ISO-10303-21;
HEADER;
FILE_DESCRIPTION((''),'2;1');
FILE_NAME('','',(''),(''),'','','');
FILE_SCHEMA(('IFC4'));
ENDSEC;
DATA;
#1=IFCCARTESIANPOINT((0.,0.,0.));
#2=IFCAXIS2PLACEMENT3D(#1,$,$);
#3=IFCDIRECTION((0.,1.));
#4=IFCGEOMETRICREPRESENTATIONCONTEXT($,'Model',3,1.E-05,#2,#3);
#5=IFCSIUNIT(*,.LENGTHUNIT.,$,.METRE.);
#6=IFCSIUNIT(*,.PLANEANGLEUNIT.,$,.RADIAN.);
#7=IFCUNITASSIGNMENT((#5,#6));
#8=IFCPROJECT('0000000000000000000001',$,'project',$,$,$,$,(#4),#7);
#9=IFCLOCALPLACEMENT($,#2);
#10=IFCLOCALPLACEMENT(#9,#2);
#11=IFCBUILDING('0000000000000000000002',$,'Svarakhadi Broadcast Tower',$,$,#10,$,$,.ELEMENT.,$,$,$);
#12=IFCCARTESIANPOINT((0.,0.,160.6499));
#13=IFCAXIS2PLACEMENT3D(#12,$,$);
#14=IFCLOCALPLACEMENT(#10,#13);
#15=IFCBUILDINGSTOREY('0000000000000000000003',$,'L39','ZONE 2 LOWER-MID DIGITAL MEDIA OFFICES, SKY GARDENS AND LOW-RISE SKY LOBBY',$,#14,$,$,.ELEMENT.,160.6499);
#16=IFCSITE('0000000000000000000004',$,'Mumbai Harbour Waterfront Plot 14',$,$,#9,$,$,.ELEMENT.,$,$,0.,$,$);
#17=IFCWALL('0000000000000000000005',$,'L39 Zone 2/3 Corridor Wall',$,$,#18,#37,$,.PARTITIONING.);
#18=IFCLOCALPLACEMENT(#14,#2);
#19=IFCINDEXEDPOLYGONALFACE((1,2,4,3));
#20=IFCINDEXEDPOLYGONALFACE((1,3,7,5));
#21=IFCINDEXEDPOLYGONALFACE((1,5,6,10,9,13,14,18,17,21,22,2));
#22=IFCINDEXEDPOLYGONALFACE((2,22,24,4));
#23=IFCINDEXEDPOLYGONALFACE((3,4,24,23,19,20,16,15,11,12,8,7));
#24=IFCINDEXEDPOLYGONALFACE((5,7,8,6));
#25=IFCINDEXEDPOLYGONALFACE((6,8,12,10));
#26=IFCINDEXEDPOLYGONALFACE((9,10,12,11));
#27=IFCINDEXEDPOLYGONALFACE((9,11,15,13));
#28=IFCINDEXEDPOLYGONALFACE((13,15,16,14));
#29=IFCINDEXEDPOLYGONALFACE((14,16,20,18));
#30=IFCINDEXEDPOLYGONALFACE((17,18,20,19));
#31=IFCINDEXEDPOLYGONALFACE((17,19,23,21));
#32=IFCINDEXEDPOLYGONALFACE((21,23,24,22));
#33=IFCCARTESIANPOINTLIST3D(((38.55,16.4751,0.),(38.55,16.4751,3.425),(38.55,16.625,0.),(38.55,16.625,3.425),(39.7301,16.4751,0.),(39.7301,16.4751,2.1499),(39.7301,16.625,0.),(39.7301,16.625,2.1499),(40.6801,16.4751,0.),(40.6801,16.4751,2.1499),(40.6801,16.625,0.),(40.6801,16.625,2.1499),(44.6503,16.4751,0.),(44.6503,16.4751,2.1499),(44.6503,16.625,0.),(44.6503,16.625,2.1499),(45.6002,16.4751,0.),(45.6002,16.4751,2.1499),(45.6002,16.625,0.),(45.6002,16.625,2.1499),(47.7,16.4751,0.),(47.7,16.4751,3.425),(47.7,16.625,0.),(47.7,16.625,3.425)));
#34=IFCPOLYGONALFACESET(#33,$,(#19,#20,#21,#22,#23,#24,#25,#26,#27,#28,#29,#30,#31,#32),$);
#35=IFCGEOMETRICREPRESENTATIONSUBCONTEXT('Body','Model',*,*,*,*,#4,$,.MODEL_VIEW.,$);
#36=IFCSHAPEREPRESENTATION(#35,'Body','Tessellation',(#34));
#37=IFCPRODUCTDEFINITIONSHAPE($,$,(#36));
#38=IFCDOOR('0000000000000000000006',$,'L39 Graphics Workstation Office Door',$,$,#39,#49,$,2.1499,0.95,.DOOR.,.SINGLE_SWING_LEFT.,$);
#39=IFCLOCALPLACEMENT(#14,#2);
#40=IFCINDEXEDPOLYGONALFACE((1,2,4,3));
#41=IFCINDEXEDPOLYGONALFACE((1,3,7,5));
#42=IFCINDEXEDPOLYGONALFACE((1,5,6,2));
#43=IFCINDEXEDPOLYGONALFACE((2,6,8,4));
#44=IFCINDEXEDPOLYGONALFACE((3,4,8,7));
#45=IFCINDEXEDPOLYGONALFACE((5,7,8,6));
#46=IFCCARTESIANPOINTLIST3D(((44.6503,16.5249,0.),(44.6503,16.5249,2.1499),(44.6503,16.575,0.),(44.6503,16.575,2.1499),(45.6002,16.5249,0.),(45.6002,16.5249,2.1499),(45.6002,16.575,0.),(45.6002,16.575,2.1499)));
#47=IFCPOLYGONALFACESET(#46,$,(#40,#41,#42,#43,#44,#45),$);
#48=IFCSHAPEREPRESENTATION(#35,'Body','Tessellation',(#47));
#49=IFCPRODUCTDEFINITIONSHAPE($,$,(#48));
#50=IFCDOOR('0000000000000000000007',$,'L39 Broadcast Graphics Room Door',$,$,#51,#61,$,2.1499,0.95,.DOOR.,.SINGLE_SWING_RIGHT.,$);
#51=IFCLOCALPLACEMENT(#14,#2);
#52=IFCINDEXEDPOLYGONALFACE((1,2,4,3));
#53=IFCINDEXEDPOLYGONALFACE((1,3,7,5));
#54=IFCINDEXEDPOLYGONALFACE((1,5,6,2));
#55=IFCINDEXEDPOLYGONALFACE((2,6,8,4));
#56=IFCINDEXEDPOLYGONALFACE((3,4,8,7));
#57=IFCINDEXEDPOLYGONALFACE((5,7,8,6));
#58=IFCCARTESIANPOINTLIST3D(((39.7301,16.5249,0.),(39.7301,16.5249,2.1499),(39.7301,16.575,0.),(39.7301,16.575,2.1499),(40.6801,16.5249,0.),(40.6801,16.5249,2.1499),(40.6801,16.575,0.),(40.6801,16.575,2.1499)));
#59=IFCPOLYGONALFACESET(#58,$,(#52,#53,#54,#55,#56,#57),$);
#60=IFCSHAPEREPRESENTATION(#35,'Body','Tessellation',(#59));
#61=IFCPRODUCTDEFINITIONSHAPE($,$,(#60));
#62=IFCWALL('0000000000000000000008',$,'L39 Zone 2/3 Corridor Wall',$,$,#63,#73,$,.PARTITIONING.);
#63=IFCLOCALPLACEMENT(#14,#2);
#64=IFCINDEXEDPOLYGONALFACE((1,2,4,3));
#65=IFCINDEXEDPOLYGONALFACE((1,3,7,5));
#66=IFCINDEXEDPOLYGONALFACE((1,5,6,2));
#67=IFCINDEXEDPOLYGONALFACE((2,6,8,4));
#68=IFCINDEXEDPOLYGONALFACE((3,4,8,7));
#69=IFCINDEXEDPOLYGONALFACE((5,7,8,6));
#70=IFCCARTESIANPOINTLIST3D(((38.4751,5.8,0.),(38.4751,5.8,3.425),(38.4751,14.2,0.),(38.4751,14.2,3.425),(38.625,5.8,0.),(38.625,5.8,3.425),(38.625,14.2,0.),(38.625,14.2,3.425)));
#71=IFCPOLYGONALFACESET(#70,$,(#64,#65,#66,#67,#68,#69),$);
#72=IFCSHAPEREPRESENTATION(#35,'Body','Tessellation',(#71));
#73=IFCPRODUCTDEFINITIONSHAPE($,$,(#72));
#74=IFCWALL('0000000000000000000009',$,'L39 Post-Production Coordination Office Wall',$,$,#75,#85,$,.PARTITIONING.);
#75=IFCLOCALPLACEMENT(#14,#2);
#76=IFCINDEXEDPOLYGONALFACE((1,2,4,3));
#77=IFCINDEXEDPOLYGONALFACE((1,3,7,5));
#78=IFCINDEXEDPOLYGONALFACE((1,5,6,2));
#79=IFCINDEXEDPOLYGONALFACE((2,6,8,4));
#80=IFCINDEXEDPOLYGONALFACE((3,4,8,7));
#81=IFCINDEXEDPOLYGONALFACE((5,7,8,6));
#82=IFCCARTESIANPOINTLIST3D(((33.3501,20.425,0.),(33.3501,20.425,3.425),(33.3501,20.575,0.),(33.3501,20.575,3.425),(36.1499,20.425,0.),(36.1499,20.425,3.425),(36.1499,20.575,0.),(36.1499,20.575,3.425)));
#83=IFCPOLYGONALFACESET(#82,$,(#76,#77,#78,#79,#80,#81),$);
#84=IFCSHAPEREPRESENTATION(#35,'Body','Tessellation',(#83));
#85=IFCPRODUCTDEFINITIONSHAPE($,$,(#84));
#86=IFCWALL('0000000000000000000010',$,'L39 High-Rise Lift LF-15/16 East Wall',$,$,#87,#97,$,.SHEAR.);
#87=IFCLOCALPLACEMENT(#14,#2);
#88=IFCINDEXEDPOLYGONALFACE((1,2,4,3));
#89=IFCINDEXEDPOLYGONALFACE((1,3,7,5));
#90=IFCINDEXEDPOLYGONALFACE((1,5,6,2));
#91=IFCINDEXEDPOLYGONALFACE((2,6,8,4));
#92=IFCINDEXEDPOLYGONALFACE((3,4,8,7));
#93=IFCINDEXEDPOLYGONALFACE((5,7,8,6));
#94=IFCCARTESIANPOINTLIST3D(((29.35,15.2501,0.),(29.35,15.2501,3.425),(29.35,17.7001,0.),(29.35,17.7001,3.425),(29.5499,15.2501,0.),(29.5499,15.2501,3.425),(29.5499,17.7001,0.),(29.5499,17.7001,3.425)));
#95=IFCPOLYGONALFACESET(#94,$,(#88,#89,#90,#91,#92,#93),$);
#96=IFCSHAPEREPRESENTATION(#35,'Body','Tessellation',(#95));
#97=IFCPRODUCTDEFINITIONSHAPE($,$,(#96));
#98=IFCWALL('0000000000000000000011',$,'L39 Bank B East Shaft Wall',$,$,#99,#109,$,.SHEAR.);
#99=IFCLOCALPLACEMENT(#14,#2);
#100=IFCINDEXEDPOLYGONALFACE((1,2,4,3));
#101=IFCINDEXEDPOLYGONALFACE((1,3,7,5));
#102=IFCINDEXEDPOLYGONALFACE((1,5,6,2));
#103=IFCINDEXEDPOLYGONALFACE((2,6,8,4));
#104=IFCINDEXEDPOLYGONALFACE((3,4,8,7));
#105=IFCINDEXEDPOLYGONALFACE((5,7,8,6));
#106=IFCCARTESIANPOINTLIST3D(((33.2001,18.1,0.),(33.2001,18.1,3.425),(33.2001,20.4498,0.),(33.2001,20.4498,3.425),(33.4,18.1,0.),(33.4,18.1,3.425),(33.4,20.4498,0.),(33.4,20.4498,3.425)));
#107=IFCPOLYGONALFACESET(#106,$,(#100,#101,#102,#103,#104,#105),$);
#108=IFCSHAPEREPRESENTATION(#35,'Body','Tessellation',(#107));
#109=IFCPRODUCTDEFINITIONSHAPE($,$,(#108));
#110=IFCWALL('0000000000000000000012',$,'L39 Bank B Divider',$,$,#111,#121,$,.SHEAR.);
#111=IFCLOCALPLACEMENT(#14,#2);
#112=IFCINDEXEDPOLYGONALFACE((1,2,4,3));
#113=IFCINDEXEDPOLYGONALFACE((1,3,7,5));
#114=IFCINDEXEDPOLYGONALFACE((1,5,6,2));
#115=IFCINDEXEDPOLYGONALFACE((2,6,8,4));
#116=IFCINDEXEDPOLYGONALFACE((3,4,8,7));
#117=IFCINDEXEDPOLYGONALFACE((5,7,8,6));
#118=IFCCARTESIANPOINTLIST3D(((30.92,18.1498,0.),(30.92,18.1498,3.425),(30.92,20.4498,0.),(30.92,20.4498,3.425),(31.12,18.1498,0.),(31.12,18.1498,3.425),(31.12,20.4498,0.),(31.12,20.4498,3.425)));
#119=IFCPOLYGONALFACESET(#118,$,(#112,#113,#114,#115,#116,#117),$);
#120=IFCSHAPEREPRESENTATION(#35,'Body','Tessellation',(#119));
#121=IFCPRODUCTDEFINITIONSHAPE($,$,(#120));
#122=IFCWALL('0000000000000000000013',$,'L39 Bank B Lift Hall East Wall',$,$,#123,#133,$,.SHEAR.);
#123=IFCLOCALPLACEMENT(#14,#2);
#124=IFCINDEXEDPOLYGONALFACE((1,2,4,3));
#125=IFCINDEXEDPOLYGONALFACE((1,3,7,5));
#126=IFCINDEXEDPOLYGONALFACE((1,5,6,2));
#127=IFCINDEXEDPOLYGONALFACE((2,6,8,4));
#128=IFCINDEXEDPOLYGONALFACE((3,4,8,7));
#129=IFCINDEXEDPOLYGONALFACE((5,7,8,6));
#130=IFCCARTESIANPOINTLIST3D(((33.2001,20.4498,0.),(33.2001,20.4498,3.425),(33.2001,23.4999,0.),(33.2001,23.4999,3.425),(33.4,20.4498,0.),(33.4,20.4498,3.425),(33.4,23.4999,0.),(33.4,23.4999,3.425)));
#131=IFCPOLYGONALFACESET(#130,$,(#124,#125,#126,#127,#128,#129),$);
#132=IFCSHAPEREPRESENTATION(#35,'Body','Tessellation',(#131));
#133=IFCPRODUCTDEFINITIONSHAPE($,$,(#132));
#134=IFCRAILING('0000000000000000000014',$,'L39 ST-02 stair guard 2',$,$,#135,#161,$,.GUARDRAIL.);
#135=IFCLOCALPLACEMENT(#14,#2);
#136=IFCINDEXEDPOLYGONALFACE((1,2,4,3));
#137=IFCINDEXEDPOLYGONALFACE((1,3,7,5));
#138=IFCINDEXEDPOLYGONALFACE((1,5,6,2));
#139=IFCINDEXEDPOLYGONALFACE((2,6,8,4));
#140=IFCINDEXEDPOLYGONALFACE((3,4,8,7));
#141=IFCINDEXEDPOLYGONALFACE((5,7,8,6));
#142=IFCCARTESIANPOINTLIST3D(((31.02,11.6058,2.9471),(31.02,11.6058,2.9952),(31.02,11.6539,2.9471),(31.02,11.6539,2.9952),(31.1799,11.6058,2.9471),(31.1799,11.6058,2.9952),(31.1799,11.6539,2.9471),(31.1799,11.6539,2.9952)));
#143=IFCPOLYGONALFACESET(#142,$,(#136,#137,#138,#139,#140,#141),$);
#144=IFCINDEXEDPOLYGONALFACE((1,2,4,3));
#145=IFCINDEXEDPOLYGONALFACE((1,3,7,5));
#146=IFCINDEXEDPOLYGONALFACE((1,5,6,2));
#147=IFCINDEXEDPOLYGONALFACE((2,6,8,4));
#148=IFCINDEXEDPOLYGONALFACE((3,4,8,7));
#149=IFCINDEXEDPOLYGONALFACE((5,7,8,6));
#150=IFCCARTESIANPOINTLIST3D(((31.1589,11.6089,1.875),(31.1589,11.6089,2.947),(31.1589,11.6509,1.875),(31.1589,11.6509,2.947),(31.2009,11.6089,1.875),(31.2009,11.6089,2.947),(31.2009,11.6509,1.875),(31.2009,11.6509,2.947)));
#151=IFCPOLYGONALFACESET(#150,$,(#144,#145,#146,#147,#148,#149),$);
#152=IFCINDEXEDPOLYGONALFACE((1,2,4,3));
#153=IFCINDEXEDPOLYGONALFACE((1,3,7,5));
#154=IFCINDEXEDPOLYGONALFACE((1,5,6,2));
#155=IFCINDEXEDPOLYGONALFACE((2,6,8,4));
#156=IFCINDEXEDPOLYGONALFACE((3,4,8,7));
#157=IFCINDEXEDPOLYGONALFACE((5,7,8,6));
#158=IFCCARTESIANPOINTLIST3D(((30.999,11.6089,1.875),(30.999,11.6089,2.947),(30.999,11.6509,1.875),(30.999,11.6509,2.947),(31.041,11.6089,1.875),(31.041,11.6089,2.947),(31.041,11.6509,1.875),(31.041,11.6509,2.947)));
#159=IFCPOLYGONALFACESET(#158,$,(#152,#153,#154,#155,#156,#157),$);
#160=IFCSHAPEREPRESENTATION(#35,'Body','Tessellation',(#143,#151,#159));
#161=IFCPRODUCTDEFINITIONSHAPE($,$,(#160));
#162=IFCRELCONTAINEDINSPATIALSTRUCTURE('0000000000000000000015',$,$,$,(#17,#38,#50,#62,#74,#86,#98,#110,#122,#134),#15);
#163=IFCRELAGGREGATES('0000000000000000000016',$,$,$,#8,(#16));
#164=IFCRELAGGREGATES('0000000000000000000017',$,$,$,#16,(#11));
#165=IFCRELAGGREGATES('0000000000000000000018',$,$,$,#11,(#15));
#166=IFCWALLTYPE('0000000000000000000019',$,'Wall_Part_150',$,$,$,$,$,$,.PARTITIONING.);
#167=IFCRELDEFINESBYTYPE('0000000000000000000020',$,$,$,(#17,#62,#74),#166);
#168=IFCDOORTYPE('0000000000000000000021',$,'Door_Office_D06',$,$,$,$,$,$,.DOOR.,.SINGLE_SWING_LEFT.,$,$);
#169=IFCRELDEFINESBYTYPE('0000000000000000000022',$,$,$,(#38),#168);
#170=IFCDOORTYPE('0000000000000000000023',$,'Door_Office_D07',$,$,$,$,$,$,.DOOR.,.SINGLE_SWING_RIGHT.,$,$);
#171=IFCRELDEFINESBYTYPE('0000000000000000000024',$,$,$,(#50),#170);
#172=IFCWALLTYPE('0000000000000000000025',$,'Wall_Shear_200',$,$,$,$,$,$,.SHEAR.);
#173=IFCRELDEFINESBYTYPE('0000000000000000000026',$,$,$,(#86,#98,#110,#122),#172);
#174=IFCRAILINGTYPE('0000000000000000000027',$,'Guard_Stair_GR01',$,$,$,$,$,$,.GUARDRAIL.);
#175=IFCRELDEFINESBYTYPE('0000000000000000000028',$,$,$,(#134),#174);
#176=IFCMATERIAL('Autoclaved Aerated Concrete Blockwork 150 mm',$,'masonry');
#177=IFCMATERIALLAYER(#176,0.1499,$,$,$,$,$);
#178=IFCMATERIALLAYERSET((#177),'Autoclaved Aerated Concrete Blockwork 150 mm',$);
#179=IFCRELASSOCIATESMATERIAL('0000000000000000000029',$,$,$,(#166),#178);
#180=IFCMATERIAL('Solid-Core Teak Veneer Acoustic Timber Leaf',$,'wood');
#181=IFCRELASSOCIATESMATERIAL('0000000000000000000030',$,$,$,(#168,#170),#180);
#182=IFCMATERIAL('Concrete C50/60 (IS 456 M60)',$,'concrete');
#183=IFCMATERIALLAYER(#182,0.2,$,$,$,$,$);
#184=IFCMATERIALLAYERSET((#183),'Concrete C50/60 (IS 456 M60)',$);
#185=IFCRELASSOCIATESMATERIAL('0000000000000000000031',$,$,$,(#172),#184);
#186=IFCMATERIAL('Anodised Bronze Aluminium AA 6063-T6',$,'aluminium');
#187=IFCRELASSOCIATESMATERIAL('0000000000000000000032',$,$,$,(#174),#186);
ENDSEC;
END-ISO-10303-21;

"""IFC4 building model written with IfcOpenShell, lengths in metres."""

from ifc_helpers import new_model, si_unit, direction, frame, frame_2d, origin, origin_2d, place, context, subcontext, project, spatial, rectangle, extrude, material, layer, layer_set, type_object, element, fill, save


model = new_model("IFC4")

# Units and contexts
model_context = context("Model", 3, precision=1e-05, world=origin(), true_north=direction((0.0, 1.0)))
body_context = subcontext(model_context, "Body", "Model", "MODEL_VIEW")
ifc_project = project(units=[si_unit("LENGTHUNIT", "METRE"), si_unit("PLANEANGLEUNIT", "RADIAN")], contexts=[model_context])

# Site, building, storey
site_placement = place(None, origin())
site = spatial("IfcSite", under=ifc_project, at=site_placement, Name="Mumbai Harbour Waterfront Plot 14", CompositionType="ELEMENT", RefElevation=0.0)
building_placement = place(site_placement, origin())
building = spatial("IfcBuilding", under=site, at=building_placement, Name="Svarakhadi Broadcast Tower", CompositionType="ELEMENT")
storey_placement = place(building_placement, frame((0.0, 0.0, 160.6499)))
storey = spatial("IfcBuildingStorey", under=building, at=storey_placement, Name="L39", Description="ZONE 2 LOWER-MID DIGITAL MEDIA OFFICES, SKY GARDENS AND LOW-RISE SKY LOBBY", CompositionType="ELEMENT", Elevation=160.6499)

# Shared definitions
ifc_material_1 = material(Name="Concrete C50/60 (IS 456 M60)", Category="concrete")

# Shared definitions
ifc_material_2 = material(Name="Anodised Bronze Aluminium AA 6063-T6", Category="aluminium")

# Shared definitions
ifc_material_3 = material(Name="Autoclaved Aerated Concrete Blockwork 150 mm", Category="masonry")
ifc_layer_1 = layer(ifc_material_3, 0.1499)
ifc_layer_set_1 = layer_set([ifc_layer_1], Name="Autoclaved Aerated Concrete Blockwork 150 mm")
wall_type_1 = type_object("IfcWallType", Name="Wall_Part_150", PredefinedType="PARTITIONING", material=ifc_layer_set_1)

# Shared definitions
ifc_material_4 = material(Name="Solid-Core Teak Veneer Acoustic Timber Leaf", Category="wood")
door_type_1 = type_object("IfcDoorType", Name="Door_Office_D06", OperationType="SINGLE_SWING_LEFT", PredefinedType="DOOR", material=ifc_material_4)
door_type_2 = type_object("IfcDoorType", Name="Door_Office_D07", OperationType="SINGLE_SWING_RIGHT", PredefinedType="DOOR", material=ifc_material_4)

# Wall, openings, doors
wall_1_placement = place(storey_placement, frame((38.55, 16.55, 0.0), z_axis=(0.0, 0.0, 1.0), x_axis=(1.0, 0.0, 0.0)))
wall_1 = element("IfcWall", 1, at=wall_1_placement, inside=storey, type_object=wall_type_1, Name="L39 Zone 2/3 Corridor Wall", PredefinedType="PARTITIONING", context=body_context, shape_type="SweptSolid", body=[
    extrude(rectangle(XDim=9.1499, YDim=0.1499, at=frame_2d((4.575, 0.0))), origin(), (0.0, 0.0, 1.0), 3.425),
])
opening_1_placement = place(wall_1_placement, frame((1.1799, 0.0, 0.0)))
opening_1 = element("IfcOpeningElement", 2, at=opening_1_placement, cuts=wall_1, PredefinedType="OPENING", context=body_context, shape_type="SweptSolid", body=[
    extrude(rectangle(XDim=0.95, YDim=2.1499, at=frame_2d((0.4751, 1.075))), frame((0.0, 0.085, 0.0), z_axis=(0.0, -1.0, 0.0), x_axis=(1.0, 0.0, 0.0)), (0.0, 0.0, 1.0), 0.1699),
])
opening_2_placement = place(wall_1_placement, frame((6.1001, 0.0, 0.0)))
opening_2 = element("IfcOpeningElement", 3, at=opening_2_placement, cuts=wall_1, PredefinedType="OPENING", context=body_context, shape_type="SweptSolid", body=[
    extrude(rectangle(XDim=0.95, YDim=2.1499, at=frame_2d((0.4751, 1.075))), frame((0.0, 0.085, 0.0), z_axis=(0.0, -1.0, 0.0), x_axis=(1.0, 0.0, 0.0)), (0.0, 0.0, 1.0), 0.1699),
])
door_1_placement = place(opening_2_placement, origin())
door_1 = element("IfcDoor", 4, at=door_1_placement, inside=storey, type_object=door_type_1, Name="L39 Graphics Workstation Office Door", OperationType="SINGLE_SWING_LEFT", OverallHeight=2.1499, OverallWidth=0.95, PredefinedType="DOOR", context=body_context, shape_type="SweptSolid", body=[
    extrude(rectangle(XDim=0.95, YDim=2.1499, at=frame_2d((0.4751, 1.075))), frame((0.0, 0.0249, 0.0), z_axis=(0.0, -1.0, 0.0), x_axis=(1.0, 0.0, 0.0)), (0.0, 0.0, 1.0), 0.05),
])
fill(opening_2, door_1)
door_2_placement = place(opening_1_placement, origin())
door_2 = element("IfcDoor", 5, at=door_2_placement, inside=storey, type_object=door_type_2, Name="L39 Broadcast Graphics Room Door", OperationType="SINGLE_SWING_RIGHT", OverallHeight=2.1499, OverallWidth=0.95, PredefinedType="DOOR", context=body_context, shape_type="SweptSolid", body=[
    extrude(rectangle(XDim=0.95, YDim=2.1499, at=frame_2d((0.4751, 1.075))), frame((0.0, 0.0249, 0.0), z_axis=(0.0, -1.0, 0.0), x_axis=(1.0, 0.0, 0.0)), (0.0, 0.0, 1.0), 0.05),
])
fill(opening_1, door_2)

# Walls
wall_2_placement = place(storey_placement, frame((38.55, 14.2, 0.0), z_axis=(0.0, 0.0, 1.0), x_axis=(0.0, -1.0, 0.0)))
element("IfcWall", 6, at=wall_2_placement, inside=storey, type_object=wall_type_1, Name="L39 Zone 2/3 Corridor Wall", PredefinedType="PARTITIONING", context=body_context, shape_type="SweptSolid", body=[
    extrude(rectangle(XDim=8.3999, YDim=0.1499, at=frame_2d((4.2, 0.0))), origin(), (0.0, 0.0, 1.0), 3.425),
])
wall_3_placement = place(storey_placement, frame((33.3501, 20.5, 0.0), z_axis=(0.0, 0.0, 1.0), x_axis=(1.0, 0.0, 0.0)))
element("IfcWall", 7, at=wall_3_placement, inside=storey, type_object=wall_type_1, Name="L39 Post-Production Coordination Office Wall", PredefinedType="PARTITIONING", context=body_context, shape_type="SweptSolid", body=[
    extrude(rectangle(XDim=2.7998, YDim=0.1499, at=frame_2d((1.3999, 0.0))), origin(), (0.0, 0.0, 1.0), 3.425),
])
ifc_layer_2 = layer(ifc_material_1, 0.2)
ifc_layer_set_2 = layer_set([ifc_layer_2], Name="Concrete C50/60 (IS 456 M60)")
wall_type_2 = type_object("IfcWallType", Name="Wall_Shear_200", PredefinedType="SHEAR", material=ifc_layer_set_2)
wall_4_placement = place(storey_placement, frame((29.45, 15.25, 0.0), z_axis=(0.0, 0.0, 1.0), x_axis=(0.0, 1.0, 0.0)))
element("IfcWall", 8, at=wall_4_placement, inside=storey, type_object=wall_type_2, Name="L39 High-Rise Lift LF-15/16 East Wall", PredefinedType="SHEAR", context=body_context, shape_type="SweptSolid", body=[
    extrude(rectangle(XDim=2.45, YDim=0.2, at=frame_2d((1.2251, 0.0))), origin(), (0.0, 0.0, 1.0), 3.425),
])
wall_5_placement = place(storey_placement, frame((33.3, 18.1001, 0.0), z_axis=(0.0, 0.0, 1.0), x_axis=(0.0, 1.0, 0.0)))
element("IfcWall", 9, at=wall_5_placement, inside=storey, type_object=wall_type_2, Name="L39 Bank B East Shaft Wall", PredefinedType="SHEAR", context=body_context, shape_type="SweptSolid", body=[
    extrude(rectangle(XDim=2.3499, YDim=0.2, at=frame_2d((1.1748, 0.0))), origin(), (0.0, 0.0, 1.0), 3.425),
])
wall_6_placement = place(storey_placement, frame((31.02, 18.1499, 0.0), z_axis=(0.0, 0.0, 1.0), x_axis=(0.0, 1.0, 0.0)))
element("IfcWall", 10, at=wall_6_placement, inside=storey, type_object=wall_type_2, Name="L39 Bank B Divider", PredefinedType="SHEAR", context=body_context, shape_type="SweptSolid", body=[
    extrude(rectangle(XDim=2.3, YDim=0.2, at=frame_2d((1.1499, 0.0))), origin(), (0.0, 0.0, 1.0), 3.425),
])
wall_7_placement = place(storey_placement, frame((33.3, 20.45, 0.0), z_axis=(0.0, 0.0, 1.0), x_axis=(0.0, 1.0, 0.0)))
element("IfcWall", 11, at=wall_7_placement, inside=storey, type_object=wall_type_2, Name="L39 Bank B Lift Hall East Wall", PredefinedType="SHEAR", context=body_context, shape_type="SweptSolid", body=[
    extrude(rectangle(XDim=3.05, YDim=0.2, at=frame_2d((1.5249, 0.0))), origin(), (0.0, 0.0, 1.0), 3.425),
])

# Railing
railing_type = type_object("IfcRailingType", Name="Guard_Stair_GR01", PredefinedType="GUARDRAIL", material=ifc_material_2)
railing_placement = place(storey_placement, frame((31.1799, 11.6299, 1.875)))
element("IfcRailing", 12, at=railing_placement, inside=storey, type_object=railing_type, Name="L39 ST-02 stair guard 2", PredefinedType="GUARDRAIL", context=body_context, shape_type="SweptSolid", body=[
    extrude(rectangle(XDim=0.0481, YDim=0.0481, at=origin_2d()), frame((0.0, 0.0, 1.0962), z_axis=(-1.0, 0.0, 0.0), x_axis=(0.0, -1.0, 0.0)), (0.0, 0.0, 1.0), 0.1599),
    extrude(rectangle(XDim=0.042, YDim=0.042, at=origin_2d()), origin(), (0.0, 0.0, 1.0), 1.072),
    extrude(rectangle(XDim=0.042, YDim=0.042, at=origin_2d()), frame((-0.1599, 0.0, 0.0)), (0.0, 0.0, 1.0), 1.072),
])

save(model, "model.ifc")
